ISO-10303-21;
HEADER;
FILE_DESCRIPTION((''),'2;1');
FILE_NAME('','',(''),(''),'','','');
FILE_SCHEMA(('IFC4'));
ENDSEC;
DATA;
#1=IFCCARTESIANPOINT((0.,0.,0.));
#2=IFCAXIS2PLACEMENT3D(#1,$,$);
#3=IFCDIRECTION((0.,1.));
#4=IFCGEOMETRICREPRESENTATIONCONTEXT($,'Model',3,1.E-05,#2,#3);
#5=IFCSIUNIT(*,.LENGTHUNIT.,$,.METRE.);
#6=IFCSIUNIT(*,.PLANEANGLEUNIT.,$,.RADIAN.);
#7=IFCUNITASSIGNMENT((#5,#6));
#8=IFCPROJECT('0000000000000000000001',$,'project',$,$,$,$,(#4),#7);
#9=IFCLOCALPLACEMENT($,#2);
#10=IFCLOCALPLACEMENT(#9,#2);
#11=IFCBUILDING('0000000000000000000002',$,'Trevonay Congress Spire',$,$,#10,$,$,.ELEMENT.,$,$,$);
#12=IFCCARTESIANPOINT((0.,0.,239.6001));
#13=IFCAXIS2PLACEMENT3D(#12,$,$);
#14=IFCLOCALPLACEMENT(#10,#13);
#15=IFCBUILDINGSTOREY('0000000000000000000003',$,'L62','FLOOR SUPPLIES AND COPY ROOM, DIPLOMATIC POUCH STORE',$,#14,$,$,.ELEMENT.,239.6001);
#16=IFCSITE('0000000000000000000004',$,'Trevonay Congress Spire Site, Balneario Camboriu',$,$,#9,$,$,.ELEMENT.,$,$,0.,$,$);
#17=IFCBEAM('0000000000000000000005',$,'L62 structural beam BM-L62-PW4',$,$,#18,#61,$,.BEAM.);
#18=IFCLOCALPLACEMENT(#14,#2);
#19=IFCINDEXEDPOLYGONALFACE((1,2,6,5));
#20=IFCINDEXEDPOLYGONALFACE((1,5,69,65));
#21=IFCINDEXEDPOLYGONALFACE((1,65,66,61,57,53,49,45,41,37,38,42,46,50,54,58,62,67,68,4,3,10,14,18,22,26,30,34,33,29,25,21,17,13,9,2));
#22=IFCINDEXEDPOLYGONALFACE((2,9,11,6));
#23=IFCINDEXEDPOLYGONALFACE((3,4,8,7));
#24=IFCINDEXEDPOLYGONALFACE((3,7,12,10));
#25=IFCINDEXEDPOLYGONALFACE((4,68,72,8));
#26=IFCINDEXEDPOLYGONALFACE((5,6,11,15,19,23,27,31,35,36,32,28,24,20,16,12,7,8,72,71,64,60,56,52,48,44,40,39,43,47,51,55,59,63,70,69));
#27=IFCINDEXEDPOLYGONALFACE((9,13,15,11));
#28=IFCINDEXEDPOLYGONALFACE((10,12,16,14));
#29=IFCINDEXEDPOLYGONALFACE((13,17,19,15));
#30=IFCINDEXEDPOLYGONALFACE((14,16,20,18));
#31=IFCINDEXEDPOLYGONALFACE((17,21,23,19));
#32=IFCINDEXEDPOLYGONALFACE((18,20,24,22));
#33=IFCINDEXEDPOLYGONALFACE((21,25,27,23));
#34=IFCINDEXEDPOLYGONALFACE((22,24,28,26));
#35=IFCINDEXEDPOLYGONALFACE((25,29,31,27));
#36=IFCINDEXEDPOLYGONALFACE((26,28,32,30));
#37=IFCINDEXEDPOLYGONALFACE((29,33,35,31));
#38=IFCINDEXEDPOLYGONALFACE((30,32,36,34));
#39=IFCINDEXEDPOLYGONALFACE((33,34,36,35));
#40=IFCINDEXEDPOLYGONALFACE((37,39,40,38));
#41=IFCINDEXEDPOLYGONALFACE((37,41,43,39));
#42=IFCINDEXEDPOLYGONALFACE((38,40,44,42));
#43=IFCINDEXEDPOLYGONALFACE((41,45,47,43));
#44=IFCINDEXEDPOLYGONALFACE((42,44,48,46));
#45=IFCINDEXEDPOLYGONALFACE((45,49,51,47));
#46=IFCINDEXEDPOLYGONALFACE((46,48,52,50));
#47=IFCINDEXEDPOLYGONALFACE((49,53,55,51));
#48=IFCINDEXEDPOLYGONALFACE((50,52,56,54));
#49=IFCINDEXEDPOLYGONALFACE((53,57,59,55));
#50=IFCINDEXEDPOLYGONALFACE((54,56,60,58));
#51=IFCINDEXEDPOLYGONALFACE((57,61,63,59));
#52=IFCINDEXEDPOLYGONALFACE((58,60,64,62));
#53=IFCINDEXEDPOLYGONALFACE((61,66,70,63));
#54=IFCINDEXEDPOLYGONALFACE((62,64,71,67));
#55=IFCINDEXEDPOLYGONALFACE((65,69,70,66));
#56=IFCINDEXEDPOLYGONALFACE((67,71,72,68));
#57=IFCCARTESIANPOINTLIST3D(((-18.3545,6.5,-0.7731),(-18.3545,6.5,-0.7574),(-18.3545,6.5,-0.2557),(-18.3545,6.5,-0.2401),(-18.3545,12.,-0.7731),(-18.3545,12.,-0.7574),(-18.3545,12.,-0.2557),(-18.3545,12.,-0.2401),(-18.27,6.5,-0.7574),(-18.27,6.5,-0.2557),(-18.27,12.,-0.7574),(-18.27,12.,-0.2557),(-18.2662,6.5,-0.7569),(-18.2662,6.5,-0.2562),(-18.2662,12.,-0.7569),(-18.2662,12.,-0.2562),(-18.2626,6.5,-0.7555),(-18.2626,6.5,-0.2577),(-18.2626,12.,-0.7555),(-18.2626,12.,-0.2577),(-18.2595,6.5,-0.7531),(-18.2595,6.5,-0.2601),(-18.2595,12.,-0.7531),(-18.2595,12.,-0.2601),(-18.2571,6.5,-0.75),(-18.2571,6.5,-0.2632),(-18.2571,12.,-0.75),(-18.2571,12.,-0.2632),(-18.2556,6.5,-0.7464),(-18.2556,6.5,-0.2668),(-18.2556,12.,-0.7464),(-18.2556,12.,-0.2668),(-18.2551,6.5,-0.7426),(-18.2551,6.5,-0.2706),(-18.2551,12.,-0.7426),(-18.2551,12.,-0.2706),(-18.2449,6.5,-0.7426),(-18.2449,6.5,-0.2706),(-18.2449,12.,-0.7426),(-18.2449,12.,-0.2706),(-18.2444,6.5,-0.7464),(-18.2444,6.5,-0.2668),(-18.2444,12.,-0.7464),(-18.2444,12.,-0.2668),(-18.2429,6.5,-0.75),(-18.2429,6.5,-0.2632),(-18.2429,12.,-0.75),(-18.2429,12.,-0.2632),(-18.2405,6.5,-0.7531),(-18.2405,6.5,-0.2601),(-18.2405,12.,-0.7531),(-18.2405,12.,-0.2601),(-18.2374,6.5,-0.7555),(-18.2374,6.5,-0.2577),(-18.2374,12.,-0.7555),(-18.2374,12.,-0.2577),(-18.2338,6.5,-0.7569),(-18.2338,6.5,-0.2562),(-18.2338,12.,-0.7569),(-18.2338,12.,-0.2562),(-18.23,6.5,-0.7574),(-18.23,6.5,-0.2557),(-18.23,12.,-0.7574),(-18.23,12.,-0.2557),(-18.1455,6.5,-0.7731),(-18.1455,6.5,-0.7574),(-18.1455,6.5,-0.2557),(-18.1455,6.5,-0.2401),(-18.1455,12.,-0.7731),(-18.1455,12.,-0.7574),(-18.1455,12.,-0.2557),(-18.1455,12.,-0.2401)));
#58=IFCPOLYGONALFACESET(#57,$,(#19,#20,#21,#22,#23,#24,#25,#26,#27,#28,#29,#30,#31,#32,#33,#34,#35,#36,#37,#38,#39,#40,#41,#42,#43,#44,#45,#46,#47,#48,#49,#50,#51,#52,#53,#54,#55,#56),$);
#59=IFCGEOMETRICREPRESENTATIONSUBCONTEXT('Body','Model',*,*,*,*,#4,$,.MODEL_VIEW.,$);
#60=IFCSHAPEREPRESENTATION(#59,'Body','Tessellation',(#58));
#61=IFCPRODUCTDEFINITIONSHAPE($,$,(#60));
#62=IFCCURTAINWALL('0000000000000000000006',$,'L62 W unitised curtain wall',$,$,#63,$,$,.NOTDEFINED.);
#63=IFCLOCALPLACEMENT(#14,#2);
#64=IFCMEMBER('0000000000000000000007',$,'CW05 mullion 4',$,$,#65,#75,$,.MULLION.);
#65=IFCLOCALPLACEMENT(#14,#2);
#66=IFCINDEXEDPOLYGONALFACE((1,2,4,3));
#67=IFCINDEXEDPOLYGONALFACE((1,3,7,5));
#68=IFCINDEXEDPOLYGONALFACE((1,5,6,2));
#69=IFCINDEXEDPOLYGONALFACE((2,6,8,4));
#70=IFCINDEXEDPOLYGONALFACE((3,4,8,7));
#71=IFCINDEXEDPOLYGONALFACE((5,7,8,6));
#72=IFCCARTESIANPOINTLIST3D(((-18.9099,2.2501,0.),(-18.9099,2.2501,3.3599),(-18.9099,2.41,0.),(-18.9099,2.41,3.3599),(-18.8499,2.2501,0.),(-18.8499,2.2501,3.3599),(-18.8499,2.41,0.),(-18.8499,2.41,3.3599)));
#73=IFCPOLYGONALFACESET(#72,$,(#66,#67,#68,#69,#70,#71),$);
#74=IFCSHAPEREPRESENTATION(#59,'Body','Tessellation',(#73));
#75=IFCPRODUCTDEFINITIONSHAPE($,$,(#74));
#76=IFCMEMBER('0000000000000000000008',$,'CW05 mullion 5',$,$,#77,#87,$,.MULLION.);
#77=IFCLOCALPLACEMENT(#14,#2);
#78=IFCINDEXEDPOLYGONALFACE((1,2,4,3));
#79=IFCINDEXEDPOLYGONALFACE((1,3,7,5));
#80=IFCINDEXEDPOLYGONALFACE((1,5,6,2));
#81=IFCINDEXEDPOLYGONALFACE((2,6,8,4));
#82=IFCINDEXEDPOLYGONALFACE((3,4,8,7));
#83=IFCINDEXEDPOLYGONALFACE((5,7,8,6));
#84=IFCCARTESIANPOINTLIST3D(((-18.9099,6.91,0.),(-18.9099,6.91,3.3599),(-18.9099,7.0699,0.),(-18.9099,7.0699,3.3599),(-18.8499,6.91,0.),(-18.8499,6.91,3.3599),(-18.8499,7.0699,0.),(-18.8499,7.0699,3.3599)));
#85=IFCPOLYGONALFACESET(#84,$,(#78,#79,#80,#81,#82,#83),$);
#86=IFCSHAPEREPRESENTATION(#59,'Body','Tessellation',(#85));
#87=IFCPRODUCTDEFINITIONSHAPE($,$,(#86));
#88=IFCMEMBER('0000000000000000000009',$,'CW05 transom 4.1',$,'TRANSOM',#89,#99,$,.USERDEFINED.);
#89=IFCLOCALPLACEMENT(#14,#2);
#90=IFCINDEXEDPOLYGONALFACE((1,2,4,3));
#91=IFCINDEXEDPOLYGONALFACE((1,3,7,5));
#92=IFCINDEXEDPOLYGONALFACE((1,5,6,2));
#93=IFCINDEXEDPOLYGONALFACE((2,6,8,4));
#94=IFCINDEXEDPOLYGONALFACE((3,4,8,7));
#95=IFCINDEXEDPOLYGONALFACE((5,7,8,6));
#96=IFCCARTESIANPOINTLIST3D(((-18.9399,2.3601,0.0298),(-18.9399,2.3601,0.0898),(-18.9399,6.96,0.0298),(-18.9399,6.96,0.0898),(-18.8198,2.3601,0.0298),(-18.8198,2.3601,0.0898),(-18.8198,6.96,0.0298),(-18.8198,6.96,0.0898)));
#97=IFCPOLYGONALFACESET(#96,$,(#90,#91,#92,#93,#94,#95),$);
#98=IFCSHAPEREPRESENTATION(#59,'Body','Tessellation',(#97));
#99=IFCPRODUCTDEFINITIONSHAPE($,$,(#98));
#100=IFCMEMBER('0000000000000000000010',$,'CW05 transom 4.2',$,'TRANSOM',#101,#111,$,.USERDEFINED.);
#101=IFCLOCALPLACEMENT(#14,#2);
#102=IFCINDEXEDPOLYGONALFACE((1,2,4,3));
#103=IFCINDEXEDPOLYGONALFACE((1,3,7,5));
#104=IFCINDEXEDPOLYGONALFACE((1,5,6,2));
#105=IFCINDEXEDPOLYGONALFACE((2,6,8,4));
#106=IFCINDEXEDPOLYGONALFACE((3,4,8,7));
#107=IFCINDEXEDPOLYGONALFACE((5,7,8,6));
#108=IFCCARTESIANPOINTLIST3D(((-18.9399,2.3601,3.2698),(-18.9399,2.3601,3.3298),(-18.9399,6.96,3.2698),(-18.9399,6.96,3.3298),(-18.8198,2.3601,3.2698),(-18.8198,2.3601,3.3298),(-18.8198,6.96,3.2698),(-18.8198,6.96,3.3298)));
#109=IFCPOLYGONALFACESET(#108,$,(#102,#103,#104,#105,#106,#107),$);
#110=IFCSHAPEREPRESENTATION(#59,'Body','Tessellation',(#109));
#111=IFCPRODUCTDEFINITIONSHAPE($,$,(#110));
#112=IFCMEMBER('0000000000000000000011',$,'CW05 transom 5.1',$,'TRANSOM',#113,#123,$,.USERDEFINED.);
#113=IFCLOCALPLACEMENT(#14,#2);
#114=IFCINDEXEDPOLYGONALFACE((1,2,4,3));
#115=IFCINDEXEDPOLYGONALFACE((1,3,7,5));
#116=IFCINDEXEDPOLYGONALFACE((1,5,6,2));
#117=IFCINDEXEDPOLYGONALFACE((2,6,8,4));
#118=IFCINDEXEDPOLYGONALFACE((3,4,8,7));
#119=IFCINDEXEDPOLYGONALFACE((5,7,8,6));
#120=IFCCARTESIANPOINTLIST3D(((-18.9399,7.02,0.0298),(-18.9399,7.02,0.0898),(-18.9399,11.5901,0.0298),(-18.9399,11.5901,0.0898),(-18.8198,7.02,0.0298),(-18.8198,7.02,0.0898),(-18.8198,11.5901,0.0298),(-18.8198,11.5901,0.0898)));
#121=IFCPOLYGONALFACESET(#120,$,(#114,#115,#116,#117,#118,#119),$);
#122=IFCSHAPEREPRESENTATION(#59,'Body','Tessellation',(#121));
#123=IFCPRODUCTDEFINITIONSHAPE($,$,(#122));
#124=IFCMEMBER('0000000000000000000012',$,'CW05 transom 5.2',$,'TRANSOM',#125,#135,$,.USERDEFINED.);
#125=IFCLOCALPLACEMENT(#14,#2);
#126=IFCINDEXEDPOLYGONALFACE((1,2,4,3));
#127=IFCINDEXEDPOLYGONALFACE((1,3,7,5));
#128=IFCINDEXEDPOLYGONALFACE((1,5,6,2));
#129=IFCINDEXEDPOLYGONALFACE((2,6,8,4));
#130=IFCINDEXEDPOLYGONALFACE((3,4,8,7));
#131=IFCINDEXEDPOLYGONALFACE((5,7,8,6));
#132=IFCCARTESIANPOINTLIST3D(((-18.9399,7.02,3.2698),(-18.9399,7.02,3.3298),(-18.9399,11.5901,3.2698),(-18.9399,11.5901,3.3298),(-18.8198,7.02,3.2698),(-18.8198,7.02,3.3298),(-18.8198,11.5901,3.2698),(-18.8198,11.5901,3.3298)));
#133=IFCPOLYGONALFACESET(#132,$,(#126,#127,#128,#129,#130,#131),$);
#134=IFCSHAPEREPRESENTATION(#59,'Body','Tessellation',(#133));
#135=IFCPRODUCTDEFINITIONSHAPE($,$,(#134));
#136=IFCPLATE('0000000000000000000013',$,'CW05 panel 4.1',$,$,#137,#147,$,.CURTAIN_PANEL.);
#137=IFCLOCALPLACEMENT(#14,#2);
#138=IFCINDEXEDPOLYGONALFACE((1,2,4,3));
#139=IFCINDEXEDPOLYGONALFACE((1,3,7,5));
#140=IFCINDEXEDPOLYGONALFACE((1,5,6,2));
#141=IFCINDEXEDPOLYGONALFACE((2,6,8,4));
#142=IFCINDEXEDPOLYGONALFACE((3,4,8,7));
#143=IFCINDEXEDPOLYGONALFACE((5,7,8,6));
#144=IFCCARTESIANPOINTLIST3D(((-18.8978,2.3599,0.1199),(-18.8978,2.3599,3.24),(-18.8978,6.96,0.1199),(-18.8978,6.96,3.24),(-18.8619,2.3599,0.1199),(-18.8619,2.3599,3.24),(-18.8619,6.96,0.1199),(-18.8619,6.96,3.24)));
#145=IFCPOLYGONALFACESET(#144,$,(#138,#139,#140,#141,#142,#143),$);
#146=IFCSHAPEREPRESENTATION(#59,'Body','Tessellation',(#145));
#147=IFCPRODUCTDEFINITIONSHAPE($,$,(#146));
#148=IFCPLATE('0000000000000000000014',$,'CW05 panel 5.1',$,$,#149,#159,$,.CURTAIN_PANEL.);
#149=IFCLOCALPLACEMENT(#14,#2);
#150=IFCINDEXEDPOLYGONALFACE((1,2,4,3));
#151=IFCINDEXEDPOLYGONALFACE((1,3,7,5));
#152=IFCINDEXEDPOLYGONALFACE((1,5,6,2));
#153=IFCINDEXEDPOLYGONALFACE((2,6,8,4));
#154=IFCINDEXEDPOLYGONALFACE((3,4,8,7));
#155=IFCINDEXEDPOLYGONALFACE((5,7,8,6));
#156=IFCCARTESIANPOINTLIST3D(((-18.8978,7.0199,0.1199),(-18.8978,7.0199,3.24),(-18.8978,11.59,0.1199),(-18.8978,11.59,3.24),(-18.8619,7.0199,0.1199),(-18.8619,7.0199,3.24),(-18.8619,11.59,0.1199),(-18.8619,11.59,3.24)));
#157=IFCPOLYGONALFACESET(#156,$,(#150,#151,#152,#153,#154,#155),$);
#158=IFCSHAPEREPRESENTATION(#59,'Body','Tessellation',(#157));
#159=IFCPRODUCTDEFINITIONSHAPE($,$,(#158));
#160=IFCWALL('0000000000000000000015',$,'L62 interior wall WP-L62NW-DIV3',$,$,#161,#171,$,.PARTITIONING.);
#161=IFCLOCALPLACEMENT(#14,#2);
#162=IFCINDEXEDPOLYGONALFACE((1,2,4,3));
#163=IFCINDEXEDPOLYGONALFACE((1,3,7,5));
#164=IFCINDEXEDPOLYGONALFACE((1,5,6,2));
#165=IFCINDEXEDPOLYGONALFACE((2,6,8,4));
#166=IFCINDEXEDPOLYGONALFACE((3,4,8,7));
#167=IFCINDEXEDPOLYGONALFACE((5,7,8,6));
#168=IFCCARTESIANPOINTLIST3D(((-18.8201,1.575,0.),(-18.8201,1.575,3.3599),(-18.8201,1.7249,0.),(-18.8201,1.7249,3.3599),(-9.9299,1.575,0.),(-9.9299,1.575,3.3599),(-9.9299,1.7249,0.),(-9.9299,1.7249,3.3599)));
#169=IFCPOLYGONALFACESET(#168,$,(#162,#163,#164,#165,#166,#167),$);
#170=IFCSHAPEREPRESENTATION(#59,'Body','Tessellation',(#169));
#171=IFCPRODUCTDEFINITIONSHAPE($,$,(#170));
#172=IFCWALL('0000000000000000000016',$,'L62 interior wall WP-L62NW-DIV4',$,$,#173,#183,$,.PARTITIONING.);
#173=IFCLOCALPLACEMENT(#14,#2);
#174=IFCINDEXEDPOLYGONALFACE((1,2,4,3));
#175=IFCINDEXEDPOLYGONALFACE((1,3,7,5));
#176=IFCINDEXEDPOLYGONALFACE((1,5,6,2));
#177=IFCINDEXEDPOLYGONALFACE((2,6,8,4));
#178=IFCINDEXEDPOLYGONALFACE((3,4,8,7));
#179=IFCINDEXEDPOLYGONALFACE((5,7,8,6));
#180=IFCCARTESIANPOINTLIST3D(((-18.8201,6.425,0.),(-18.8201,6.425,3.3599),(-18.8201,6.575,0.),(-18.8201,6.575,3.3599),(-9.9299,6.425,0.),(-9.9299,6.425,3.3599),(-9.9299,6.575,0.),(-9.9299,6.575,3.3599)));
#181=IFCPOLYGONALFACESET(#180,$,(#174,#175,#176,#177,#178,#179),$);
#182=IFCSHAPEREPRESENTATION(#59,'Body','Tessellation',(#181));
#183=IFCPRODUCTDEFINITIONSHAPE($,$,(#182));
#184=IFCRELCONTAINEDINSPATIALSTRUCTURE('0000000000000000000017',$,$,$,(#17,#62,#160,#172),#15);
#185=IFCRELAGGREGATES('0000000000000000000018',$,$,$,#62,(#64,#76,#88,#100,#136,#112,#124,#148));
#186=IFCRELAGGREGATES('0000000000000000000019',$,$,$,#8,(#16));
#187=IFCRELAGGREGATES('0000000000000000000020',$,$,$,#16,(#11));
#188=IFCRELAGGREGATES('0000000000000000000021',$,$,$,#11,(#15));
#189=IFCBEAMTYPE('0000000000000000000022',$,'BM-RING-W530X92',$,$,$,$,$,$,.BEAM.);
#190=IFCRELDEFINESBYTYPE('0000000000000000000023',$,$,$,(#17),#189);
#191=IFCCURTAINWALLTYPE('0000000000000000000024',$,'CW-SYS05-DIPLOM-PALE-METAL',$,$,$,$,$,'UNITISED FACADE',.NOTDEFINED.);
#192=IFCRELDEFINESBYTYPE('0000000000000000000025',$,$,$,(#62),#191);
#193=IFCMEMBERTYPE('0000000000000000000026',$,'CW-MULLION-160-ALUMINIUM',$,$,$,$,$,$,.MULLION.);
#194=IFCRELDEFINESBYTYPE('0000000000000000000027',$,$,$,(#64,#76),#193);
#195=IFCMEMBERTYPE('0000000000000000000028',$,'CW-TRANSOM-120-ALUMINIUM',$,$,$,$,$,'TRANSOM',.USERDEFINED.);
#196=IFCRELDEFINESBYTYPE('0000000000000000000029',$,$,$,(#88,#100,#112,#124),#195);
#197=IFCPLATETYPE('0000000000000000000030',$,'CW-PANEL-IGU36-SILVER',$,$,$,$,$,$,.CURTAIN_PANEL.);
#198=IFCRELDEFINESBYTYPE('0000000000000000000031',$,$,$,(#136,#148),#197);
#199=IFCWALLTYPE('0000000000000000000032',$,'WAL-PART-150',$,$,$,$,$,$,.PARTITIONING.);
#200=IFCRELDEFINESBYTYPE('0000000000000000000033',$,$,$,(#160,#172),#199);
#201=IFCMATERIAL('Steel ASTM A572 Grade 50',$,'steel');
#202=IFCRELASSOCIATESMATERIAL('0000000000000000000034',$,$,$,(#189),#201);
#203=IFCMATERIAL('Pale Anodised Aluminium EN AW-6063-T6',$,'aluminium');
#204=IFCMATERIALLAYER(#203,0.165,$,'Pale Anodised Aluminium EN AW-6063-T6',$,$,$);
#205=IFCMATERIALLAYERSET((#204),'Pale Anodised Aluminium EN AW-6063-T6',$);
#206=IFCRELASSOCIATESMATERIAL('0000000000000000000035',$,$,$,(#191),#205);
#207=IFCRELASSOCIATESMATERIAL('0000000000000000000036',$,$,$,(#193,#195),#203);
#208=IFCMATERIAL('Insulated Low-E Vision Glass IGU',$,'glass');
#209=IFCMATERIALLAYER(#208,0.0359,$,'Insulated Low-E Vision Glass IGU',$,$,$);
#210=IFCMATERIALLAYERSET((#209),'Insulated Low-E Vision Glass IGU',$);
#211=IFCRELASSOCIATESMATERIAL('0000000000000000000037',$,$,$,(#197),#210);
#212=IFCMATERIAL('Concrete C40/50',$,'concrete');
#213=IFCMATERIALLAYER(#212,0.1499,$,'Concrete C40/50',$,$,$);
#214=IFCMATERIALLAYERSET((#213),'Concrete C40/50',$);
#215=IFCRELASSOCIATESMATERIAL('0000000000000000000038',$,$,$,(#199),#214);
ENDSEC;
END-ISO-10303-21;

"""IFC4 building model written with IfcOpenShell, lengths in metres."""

from ifc_helpers import new_model, si_unit, direction, frame, frame_2d, origin, origin_2d, place, context, subcontext, project, spatial, rectangle, i_section, extrude, material, layer, layer_set, material_profile, profile_set, type_object, element, aggregate, save


model = new_model("IFC4")

# Units and contexts
model_context = context("Model", 3, precision=1e-05, world=origin(), true_north=direction((0.0, 1.0)))
body_context = subcontext(model_context, "Body", "Model", "MODEL_VIEW")
ifc_project = project(units=[si_unit("LENGTHUNIT", "METRE"), si_unit("PLANEANGLEUNIT", "RADIAN")], contexts=[model_context])

# Site, building, storey
site_placement = place(None, origin())
site = spatial("IfcSite", under=ifc_project, at=site_placement, Name="Trevonay Congress Spire Site, Balneario Camboriu", CompositionType="ELEMENT", RefElevation=0.0)
building_placement = place(site_placement, origin())
building = spatial("IfcBuilding", under=site, at=building_placement, Name="Trevonay Congress Spire", CompositionType="ELEMENT")
storey_placement = place(building_placement, frame((0.0, 0.0, 239.6001)))
storey = spatial("IfcBuildingStorey", under=building, at=storey_placement, Name="L62", Description="FLOOR SUPPLIES AND COPY ROOM, DIPLOMATIC POUCH STORE", CompositionType="ELEMENT", Elevation=239.6001)

# Shared definitions
ifc_material_1 = material(Name="Steel ASTM A572 Grade 50", Category="steel")

# Beam
ifc_material_profile_1 = material_profile(ifc_material_1, i_section(OverallWidth=0.209, OverallDepth=0.533, WebThickness=0.0103, FlangeThickness=0.0156, FilletRadius=0.0149, at=origin_2d()), Name="W530x92")
ifc_profile_set_1 = profile_set([ifc_material_profile_1], Name="Steel ASTM A572 Grade 50")
beam_type_1 = type_object("IfcBeamType", Name="BM-RING-W530X92", PredefinedType="BEAM", material=ifc_profile_set_1)
beam_1_placement = place(storey_placement, frame((-18.25, 6.5, -0.5066), z_axis=(0.0, 1.0, 0.0), x_axis=(-1.0, 0.0, 0.0)))
element("IfcBeam", 1, at=beam_1_placement, inside=storey, type_object=beam_type_1, Name="L62 structural beam BM-L62-PW4", PredefinedType="BEAM", context=body_context, shape_type="SweptSolid", body=[
    extrude(i_section(OverallWidth=0.209, OverallDepth=0.533, WebThickness=0.0103, FlangeThickness=0.0156, FilletRadius=0.0149, at=origin_2d()), origin(), (0.0, 0.0, 1.0), 5.5),
])

# Curtain wall, members, plates
ifc_material_2 = material(Name="Pale Anodised Aluminium EN AW-6063-T6", Category="aluminium")
ifc_layer_1 = layer(ifc_material_2, 0.165, Name="Pale Anodised Aluminium EN AW-6063-T6")
ifc_layer_set_1 = layer_set([ifc_layer_1], Name="Pale Anodised Aluminium EN AW-6063-T6")
curtain_wall_type = type_object("IfcCurtainWallType", Name="CW-SYS05-DIPLOM-PALE-METAL", ElementType="UNITISED FACADE", PredefinedType="NOTDEFINED", material=ifc_layer_set_1)
curtain_wall_placement = place(storey_placement, origin())
curtain_wall = element("IfcCurtainWall", 2, at=curtain_wall_placement, inside=storey, type_object=curtain_wall_type, Name="L62 W unitised curtain wall", PredefinedType="NOTDEFINED")
ifc_material_profile_2 = material_profile(ifc_material_2, rectangle(XDim=0.0601, YDim=0.1599, at=origin_2d()), Name="CW-MULLION-160-ALUMINIUM")
ifc_profile_set_2 = profile_set([ifc_material_profile_2], Name="Pale Anodised Aluminium EN AW-6063-T6")
member_type_1 = type_object("IfcMemberType", Name="CW-MULLION-160-ALUMINIUM", PredefinedType="MULLION", material=ifc_profile_set_2)
member_1_placement = place(storey_placement, frame((-18.8799, 2.3301, 0.0), z_axis=(0.0, 0.0, 1.0), x_axis=(-1.0, 0.0, 0.0)))
member_1 = element("IfcMember", 3, at=member_1_placement, type_object=member_type_1, Name="CW05 mullion 4", PredefinedType="MULLION", context=body_context, shape_type="SweptSolid", body=[
    extrude(rectangle(XDim=0.0601, YDim=0.1599, at=origin_2d()), origin(), (0.0, 0.0, 1.0), 3.3599),
])
member_2_placement = place(storey_placement, frame((-18.8799, 6.99, 0.0), z_axis=(0.0, 0.0, 1.0), x_axis=(-1.0, 0.0, 0.0)))
member_2 = element("IfcMember", 4, at=member_2_placement, type_object=member_type_1, Name="CW05 mullion 5", PredefinedType="MULLION", context=body_context, shape_type="SweptSolid", body=[
    extrude(rectangle(XDim=0.0601, YDim=0.1599, at=origin_2d()), origin(), (0.0, 0.0, 1.0), 3.3599),
])
ifc_material_profile_3 = material_profile(ifc_material_2, rectangle(XDim=0.1201, YDim=0.0601, at=origin_2d()), Name="CW-TRANSOM-120-ALUMINIUM")
ifc_profile_set_3 = profile_set([ifc_material_profile_3], Name="Pale Anodised Aluminium EN AW-6063-T6")
member_type_2 = type_object("IfcMemberType", Name="CW-TRANSOM-120-ALUMINIUM", ElementType="TRANSOM", PredefinedType="USERDEFINED", material=ifc_profile_set_3)
member_3_placement = place(storey_placement, frame((-18.8799, 2.3601, 0.0598), z_axis=(0.0, 1.0, 0.0), x_axis=(-1.0, 0.0, 0.0)))
member_3 = element("IfcMember", 5, at=member_3_placement, type_object=member_type_2, Name="CW05 transom 4.1", ObjectType="TRANSOM", PredefinedType="USERDEFINED", context=body_context, shape_type="SweptSolid", body=[
    extrude(rectangle(XDim=0.1201, YDim=0.0601, at=origin_2d()), origin(), (0.0, 0.0, 1.0), 4.5999),
])
member_4_placement = place(storey_placement, frame((-18.8799, 2.3601, 3.2998), z_axis=(0.0, 1.0, 0.0), x_axis=(-1.0, 0.0, 0.0)))
member_4 = element("IfcMember", 6, at=member_4_placement, type_object=member_type_2, Name="CW05 transom 4.2", ObjectType="TRANSOM", PredefinedType="USERDEFINED", context=body_context, shape_type="SweptSolid", body=[
    extrude(rectangle(XDim=0.1201, YDim=0.0601, at=origin_2d()), origin(), (0.0, 0.0, 1.0), 4.5999),
])
member_5_placement = place(storey_placement, frame((-18.8799, 7.02, 0.0598), z_axis=(0.0, 1.0, 0.0), x_axis=(-1.0, 0.0, 0.0)))
member_5 = element("IfcMember", 7, at=member_5_placement, type_object=member_type_2, Name="CW05 transom 5.1", ObjectType="TRANSOM", PredefinedType="USERDEFINED", context=body_context, shape_type="SweptSolid", body=[
    extrude(rectangle(XDim=0.1201, YDim=0.0601, at=origin_2d()), origin(), (0.0, 0.0, 1.0), 4.5701),
])
member_6_placement = place(storey_placement, frame((-18.8799, 7.02, 3.2998), z_axis=(0.0, 1.0, 0.0), x_axis=(-1.0, 0.0, 0.0)))
member_6 = element("IfcMember", 8, at=member_6_placement, type_object=member_type_2, Name="CW05 transom 5.2", ObjectType="TRANSOM", PredefinedType="USERDEFINED", context=body_context, shape_type="SweptSolid", body=[
    extrude(rectangle(XDim=0.1201, YDim=0.0601, at=origin_2d()), origin(), (0.0, 0.0, 1.0), 4.5701),
])
ifc_material_3 = material(Name="Insulated Low-E Vision Glass IGU", Category="glass")
ifc_layer_2 = layer(ifc_material_3, 0.0359, Name="Insulated Low-E Vision Glass IGU")
ifc_layer_set_2 = layer_set([ifc_layer_2], Name="Insulated Low-E Vision Glass IGU")
plate_type = type_object("IfcPlateType", Name="CW-PANEL-IGU36-SILVER", PredefinedType="CURTAIN_PANEL", material=ifc_layer_set_2)
plate_1_placement = place(storey_placement, frame((-18.8799, 4.6599, 0.1199), z_axis=(0.0, 0.0, 1.0), x_axis=(0.0, 1.0, 0.0)))
plate_1 = element("IfcPlate", 9, at=plate_1_placement, type_object=plate_type, Name="CW05 panel 4.1", PredefinedType="CURTAIN_PANEL", context=body_context, shape_type="SweptSolid", body=[
    extrude(rectangle(XDim=4.6001, YDim=0.0359, at=origin_2d()), origin(), (0.0, 0.0, 1.0), 3.1201),
])
plate_2_placement = place(storey_placement, frame((-18.8799, 9.3049, 0.1199), z_axis=(0.0, 0.0, 1.0), x_axis=(0.0, 1.0, 0.0)))
plate_2 = element("IfcPlate", 10, at=plate_2_placement, type_object=plate_type, Name="CW05 panel 5.1", PredefinedType="CURTAIN_PANEL", context=body_context, shape_type="SweptSolid", body=[
    extrude(rectangle(XDim=4.5701, YDim=0.0359, at=origin_2d()), origin(), (0.0, 0.0, 1.0), 3.1201),
])
aggregate(curtain_wall, [member_1, member_2, member_3, member_4, plate_1, member_5, member_6, plate_2])

# Walls
ifc_material_4 = material(Name="Concrete C40/50", Category="concrete")
ifc_layer_3 = layer(ifc_material_4, 0.1499, Name="Concrete C40/50")
ifc_layer_set_3 = layer_set([ifc_layer_3], Name="Concrete C40/50")
wall_type_1 = type_object("IfcWallType", Name="WAL-PART-150", PredefinedType="PARTITIONING", material=ifc_layer_set_3)
for number, where, z_axis, x_axis, name in (
    (11, (-18.8201, 1.6499, 0.0), (0.0, 0.0, 1.0), (1.0, 0.0, 0.0), "L62 interior wall WP-L62NW-DIV3"),
    (12, (-18.8201, 6.5, 0.0), (0.0, 0.0, 1.0), (1.0, 0.0, 0.0), "L62 interior wall WP-L62NW-DIV4"),
):
    element("IfcWall", number, at=place(storey_placement, frame(where, z_axis=z_axis, x_axis=x_axis)), inside=storey, type_object=wall_type_1, Name=name, PredefinedType="PARTITIONING", context=body_context, shape_type="SweptSolid", body=[
        extrude(rectangle(XDim=8.8901, YDim=0.1499, at=frame_2d((4.4451, 0.0))), origin(), (0.0, 0.0, 1.0), 3.3599),
    ])

save(model, "model.ifc")
